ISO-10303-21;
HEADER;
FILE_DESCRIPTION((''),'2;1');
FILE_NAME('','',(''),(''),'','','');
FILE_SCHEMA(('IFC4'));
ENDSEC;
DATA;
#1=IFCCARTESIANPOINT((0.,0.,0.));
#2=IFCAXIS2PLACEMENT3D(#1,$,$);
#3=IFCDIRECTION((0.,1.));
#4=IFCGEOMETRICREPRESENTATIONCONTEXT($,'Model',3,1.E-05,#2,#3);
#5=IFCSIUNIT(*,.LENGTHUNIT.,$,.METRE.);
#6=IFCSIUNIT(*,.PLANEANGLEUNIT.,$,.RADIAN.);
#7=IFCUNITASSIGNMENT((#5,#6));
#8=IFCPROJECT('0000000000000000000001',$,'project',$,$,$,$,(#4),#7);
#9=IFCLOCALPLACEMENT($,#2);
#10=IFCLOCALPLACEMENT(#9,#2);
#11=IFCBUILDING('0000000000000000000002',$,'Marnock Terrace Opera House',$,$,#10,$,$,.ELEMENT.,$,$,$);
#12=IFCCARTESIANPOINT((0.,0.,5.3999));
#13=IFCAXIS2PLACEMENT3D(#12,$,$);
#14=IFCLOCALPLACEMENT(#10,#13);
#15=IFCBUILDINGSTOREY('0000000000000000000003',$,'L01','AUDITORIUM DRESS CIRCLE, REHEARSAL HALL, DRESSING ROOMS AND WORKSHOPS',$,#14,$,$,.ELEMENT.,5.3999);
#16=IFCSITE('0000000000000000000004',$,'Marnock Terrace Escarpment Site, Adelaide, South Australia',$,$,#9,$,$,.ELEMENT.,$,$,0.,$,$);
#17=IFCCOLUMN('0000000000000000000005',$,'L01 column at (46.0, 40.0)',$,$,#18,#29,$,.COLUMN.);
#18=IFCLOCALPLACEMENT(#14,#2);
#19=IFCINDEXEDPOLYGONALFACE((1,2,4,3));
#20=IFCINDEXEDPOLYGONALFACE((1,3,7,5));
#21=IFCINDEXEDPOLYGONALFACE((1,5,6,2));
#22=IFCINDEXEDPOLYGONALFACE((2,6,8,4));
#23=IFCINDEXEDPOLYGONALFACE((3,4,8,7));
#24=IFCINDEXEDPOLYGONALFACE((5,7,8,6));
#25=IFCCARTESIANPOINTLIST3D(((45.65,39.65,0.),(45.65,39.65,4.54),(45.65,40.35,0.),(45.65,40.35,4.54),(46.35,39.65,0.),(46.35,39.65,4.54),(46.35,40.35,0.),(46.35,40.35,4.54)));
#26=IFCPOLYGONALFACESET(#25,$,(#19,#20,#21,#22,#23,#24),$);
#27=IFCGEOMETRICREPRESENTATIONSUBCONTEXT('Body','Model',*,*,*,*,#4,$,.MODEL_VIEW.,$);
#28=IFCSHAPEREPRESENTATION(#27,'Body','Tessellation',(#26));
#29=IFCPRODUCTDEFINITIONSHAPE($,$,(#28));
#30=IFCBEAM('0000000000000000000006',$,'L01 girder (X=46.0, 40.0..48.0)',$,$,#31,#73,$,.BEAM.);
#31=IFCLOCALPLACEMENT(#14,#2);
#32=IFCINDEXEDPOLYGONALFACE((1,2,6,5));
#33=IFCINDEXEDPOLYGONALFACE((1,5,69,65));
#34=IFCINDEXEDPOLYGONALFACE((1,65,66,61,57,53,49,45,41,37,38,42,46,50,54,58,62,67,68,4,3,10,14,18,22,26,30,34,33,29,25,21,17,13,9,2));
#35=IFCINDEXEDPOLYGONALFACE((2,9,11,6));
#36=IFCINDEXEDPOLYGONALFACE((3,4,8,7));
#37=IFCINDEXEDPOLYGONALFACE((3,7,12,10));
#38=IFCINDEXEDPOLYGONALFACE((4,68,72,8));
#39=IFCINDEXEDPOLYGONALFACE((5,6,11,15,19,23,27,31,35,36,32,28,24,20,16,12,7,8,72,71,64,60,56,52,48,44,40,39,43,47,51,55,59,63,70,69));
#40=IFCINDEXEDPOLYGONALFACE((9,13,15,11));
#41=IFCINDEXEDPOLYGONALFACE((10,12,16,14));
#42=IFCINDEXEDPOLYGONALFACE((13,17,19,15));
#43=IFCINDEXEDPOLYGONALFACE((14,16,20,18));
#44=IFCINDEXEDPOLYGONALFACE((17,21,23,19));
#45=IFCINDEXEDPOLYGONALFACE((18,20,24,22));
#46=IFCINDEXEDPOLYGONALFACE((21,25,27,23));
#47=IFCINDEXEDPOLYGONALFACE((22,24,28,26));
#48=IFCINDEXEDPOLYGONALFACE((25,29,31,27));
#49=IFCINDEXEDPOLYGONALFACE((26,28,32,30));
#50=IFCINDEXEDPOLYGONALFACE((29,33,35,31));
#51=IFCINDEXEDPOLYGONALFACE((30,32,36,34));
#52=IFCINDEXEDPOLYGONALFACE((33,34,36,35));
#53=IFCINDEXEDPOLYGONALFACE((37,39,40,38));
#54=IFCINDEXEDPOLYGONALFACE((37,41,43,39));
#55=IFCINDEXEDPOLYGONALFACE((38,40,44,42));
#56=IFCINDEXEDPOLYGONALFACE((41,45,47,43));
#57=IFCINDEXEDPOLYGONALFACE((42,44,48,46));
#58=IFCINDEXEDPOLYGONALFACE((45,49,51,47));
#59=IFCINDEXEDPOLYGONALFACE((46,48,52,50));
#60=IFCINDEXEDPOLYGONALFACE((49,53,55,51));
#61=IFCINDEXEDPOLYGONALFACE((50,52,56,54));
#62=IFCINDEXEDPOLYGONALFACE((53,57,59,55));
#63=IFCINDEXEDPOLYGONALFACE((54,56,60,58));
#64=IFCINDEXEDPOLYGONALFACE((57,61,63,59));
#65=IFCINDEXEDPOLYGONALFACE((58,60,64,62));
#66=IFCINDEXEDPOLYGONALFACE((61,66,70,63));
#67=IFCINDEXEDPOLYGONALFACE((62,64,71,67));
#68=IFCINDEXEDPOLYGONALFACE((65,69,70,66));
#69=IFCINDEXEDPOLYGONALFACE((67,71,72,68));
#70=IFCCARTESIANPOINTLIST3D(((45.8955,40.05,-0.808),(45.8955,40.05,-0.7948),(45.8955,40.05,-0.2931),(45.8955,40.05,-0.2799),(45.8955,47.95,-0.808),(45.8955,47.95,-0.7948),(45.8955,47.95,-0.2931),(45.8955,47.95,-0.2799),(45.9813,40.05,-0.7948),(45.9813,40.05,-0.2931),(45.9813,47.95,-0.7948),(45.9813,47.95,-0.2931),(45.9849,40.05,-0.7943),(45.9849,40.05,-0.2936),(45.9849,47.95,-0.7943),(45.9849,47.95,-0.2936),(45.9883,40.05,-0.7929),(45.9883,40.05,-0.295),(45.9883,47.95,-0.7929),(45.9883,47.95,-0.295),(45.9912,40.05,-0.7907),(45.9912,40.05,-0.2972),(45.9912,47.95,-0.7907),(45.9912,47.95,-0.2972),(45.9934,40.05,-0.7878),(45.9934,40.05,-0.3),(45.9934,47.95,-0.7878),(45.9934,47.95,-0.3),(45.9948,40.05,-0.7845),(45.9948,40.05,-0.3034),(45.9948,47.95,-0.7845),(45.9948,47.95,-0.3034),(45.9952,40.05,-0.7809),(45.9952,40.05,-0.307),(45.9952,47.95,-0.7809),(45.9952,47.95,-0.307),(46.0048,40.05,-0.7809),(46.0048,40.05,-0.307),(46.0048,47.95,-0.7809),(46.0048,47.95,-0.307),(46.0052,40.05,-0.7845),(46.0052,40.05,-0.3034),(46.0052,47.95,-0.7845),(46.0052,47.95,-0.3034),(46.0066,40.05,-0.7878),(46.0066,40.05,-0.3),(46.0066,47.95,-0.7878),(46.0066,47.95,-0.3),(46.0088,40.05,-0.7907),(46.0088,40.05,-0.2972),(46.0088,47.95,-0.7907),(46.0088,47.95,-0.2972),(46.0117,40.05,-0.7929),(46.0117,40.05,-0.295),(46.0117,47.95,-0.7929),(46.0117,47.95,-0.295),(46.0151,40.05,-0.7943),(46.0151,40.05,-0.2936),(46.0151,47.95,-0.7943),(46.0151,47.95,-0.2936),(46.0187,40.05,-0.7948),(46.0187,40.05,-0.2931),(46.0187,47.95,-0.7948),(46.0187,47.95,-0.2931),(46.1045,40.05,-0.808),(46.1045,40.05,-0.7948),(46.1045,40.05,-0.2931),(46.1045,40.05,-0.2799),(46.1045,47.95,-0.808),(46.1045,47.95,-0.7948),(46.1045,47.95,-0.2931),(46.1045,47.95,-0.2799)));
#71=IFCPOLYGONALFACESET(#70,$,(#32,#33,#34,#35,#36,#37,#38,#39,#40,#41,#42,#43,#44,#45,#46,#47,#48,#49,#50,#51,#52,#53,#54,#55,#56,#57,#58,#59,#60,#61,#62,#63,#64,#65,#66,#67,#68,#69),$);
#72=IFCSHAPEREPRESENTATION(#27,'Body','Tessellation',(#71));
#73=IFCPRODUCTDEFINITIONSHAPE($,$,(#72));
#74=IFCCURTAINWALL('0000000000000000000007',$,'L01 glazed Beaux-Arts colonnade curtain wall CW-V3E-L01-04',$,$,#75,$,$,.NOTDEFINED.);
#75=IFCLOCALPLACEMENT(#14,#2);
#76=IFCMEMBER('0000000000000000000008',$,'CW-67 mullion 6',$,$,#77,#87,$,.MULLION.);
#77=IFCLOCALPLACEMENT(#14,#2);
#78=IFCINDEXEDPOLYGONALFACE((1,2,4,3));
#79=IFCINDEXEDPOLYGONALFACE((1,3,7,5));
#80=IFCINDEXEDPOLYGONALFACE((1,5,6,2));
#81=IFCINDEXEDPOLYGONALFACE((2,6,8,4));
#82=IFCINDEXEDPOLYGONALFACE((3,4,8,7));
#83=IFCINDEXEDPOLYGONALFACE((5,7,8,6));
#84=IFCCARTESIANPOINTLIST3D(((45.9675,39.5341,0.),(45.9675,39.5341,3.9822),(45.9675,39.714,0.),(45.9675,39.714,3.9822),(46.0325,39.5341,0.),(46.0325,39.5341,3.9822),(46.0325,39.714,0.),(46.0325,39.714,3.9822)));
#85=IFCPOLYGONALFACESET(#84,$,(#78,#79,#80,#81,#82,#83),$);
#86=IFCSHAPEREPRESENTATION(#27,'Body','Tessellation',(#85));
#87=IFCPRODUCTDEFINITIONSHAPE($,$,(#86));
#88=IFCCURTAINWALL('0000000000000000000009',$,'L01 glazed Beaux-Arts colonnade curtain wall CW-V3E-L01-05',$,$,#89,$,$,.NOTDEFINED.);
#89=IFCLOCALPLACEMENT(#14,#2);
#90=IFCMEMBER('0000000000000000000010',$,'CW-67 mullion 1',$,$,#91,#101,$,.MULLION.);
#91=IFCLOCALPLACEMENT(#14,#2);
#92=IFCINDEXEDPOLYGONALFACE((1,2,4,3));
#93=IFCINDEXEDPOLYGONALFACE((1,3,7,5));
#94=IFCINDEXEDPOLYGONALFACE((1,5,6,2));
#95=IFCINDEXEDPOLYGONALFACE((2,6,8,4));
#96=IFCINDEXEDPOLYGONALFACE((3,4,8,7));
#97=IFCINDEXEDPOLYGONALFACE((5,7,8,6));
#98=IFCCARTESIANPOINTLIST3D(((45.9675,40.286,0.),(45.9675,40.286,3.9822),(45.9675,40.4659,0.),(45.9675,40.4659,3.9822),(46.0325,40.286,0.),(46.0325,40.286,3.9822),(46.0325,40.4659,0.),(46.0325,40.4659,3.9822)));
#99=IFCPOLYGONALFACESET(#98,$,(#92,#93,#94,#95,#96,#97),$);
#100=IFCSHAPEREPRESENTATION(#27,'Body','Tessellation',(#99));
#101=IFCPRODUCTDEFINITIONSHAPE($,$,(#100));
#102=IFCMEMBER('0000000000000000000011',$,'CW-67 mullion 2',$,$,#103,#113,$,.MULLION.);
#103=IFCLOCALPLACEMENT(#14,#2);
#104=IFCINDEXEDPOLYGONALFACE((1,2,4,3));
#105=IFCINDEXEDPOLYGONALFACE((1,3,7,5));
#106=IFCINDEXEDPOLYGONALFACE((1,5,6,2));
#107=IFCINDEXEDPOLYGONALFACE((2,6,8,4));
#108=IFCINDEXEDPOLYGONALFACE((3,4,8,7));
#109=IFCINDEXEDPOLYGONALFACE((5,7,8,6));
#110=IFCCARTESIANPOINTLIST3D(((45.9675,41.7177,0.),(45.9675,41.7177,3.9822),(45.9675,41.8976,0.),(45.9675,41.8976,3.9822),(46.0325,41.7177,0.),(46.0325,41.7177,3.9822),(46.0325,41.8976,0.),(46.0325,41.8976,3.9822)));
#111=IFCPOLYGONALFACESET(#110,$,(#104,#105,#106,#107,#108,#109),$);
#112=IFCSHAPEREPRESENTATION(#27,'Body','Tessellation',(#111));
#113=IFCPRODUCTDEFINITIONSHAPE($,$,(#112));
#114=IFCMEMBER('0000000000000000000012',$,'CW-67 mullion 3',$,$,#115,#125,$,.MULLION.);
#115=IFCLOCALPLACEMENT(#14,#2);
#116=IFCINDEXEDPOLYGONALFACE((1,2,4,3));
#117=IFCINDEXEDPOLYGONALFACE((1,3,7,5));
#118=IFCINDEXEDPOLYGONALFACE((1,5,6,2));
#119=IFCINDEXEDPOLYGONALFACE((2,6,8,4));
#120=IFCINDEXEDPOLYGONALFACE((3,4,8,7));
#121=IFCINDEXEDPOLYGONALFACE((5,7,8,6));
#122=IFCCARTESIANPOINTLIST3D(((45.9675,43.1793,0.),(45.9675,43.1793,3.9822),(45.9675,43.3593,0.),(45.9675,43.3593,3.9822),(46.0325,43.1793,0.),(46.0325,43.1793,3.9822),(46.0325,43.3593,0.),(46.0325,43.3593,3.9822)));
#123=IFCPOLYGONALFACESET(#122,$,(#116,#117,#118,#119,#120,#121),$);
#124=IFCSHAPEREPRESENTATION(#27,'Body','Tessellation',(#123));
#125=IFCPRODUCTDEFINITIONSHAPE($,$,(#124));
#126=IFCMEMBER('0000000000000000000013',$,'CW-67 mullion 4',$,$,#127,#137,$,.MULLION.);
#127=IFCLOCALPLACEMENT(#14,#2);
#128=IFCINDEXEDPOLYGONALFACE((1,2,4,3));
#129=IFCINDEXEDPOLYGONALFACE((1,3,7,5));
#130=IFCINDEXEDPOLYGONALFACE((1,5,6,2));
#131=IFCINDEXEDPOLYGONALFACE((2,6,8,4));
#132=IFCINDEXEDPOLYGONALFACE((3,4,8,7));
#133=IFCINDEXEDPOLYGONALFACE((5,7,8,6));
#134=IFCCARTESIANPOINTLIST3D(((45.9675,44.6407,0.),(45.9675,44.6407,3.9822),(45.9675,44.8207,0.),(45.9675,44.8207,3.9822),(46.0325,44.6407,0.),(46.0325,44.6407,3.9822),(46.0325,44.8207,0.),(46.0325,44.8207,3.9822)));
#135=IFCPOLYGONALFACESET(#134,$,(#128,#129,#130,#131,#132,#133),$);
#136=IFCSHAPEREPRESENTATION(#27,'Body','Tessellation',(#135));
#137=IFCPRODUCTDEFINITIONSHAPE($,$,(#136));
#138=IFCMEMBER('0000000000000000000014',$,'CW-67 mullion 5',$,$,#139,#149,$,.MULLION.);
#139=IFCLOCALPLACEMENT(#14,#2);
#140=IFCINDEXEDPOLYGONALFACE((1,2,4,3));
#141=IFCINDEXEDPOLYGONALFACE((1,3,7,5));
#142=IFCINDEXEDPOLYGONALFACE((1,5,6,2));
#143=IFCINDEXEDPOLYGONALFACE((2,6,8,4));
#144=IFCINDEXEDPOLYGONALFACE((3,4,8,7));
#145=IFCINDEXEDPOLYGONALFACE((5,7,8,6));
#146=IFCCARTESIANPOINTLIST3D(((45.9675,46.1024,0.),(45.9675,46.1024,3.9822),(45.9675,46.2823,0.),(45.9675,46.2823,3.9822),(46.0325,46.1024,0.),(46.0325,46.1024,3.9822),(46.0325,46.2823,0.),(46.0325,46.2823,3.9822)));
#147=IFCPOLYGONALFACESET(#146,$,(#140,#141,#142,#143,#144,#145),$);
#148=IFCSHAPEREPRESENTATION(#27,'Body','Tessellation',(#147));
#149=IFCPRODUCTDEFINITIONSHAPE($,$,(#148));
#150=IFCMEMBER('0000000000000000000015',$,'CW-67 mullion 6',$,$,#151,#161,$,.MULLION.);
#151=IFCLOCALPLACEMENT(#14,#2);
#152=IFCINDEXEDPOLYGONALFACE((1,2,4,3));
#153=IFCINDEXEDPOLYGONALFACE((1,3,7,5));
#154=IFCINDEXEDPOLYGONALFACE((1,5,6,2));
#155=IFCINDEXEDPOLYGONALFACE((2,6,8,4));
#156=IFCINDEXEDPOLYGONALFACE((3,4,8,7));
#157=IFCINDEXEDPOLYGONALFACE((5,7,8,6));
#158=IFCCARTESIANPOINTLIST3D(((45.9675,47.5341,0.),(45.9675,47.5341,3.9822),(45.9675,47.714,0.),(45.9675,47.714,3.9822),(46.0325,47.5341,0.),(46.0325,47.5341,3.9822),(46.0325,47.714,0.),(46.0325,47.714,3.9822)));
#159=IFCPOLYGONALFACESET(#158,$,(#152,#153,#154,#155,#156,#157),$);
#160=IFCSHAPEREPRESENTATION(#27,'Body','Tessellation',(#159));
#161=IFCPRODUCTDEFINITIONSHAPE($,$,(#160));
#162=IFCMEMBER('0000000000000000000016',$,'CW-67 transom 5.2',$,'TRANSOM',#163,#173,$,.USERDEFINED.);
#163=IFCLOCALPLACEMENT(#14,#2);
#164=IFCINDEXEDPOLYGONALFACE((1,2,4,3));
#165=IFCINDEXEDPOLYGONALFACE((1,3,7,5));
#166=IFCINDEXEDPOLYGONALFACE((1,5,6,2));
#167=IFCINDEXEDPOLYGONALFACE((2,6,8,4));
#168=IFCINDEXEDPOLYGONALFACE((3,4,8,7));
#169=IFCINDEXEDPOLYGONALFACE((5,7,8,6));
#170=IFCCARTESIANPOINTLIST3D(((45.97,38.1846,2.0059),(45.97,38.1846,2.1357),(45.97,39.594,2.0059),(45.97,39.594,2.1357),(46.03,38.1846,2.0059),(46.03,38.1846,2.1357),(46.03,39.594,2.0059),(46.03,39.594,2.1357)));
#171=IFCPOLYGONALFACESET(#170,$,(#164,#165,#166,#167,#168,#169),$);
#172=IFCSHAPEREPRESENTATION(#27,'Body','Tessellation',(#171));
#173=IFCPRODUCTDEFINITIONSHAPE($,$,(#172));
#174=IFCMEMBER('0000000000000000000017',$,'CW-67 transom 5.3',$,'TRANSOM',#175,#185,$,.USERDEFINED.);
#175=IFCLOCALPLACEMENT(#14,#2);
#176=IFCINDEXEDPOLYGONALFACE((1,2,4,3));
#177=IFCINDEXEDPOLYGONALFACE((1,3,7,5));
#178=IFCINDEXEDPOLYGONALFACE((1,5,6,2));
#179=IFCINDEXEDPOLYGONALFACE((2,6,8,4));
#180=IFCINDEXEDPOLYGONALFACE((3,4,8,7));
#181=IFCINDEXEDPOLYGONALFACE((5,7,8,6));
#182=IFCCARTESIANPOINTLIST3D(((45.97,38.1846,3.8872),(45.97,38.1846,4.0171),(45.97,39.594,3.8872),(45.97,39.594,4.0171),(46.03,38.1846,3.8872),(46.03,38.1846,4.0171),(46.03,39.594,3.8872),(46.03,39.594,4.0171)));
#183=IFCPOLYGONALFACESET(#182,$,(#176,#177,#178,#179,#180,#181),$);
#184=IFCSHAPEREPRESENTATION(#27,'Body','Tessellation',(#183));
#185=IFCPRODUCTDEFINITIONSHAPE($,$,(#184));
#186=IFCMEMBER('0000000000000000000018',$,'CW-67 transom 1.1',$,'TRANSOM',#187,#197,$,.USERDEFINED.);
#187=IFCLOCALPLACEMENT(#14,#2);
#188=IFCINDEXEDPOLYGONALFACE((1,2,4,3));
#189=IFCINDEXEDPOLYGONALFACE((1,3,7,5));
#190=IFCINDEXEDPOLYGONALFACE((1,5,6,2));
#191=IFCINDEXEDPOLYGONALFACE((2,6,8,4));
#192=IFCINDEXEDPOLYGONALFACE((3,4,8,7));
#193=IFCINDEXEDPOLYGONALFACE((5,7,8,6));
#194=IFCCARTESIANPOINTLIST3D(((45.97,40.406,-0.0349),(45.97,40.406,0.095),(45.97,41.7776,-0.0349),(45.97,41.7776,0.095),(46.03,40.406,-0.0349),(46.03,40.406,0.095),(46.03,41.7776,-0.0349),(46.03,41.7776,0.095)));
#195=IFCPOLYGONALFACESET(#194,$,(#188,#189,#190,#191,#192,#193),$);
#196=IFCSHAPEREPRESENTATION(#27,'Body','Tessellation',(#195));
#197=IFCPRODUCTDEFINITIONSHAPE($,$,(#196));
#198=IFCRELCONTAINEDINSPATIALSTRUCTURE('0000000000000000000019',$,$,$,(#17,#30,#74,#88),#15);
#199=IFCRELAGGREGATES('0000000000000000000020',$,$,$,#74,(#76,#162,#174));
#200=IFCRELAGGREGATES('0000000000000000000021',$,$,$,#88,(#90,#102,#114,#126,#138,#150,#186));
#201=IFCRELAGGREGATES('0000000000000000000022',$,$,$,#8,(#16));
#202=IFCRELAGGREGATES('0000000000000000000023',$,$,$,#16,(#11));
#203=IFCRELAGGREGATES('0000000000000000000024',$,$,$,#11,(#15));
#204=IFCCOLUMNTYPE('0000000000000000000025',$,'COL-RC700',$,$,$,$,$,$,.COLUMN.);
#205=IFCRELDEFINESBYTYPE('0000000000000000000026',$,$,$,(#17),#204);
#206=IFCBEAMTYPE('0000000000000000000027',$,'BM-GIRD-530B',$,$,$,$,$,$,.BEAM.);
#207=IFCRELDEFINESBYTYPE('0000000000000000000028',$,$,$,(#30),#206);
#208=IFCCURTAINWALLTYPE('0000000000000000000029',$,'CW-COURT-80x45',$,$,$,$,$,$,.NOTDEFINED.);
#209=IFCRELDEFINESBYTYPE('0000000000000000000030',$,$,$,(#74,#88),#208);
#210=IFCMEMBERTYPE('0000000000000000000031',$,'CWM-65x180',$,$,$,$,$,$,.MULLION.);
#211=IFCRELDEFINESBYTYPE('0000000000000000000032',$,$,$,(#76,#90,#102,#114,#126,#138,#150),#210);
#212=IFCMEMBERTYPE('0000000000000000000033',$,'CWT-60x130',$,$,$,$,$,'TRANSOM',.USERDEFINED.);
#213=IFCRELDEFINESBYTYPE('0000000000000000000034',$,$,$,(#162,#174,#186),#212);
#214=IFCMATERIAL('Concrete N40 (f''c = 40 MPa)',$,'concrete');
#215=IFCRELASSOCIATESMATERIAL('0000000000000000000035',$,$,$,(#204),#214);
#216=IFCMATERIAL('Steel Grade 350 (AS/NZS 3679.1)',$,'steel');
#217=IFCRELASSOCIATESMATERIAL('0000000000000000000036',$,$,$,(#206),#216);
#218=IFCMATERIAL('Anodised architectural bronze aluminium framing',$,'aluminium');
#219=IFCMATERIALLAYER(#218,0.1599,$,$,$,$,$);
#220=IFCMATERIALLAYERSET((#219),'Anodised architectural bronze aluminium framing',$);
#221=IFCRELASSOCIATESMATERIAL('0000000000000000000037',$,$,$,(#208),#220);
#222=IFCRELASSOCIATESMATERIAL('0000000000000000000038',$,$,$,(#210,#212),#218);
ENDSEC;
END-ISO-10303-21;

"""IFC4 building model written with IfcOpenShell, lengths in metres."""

from ifc_helpers import new_model, si_unit, direction, frame, origin, origin_2d, place, context, subcontext, project, spatial, rectangle, i_section, extrude, material, layer, layer_set, material_profile, profile_set, type_object, element, aggregate, save


model = new_model("IFC4")

# Units and contexts
model_context = context("Model", 3, precision=1e-05, world=origin(), true_north=direction((0.0, 1.0)))
body_context = subcontext(model_context, "Body", "Model", "MODEL_VIEW")
ifc_project = project(units=[si_unit("LENGTHUNIT", "METRE"), si_unit("PLANEANGLEUNIT", "RADIAN")], contexts=[model_context])

# Site, building, storey
site_placement = place(None, origin())
site = spatial("IfcSite", under=ifc_project, at=site_placement, Name="Marnock Terrace Escarpment Site, Adelaide, South Australia", CompositionType="ELEMENT", RefElevation=0.0)
building_placement = place(site_placement, origin())
building = spatial("IfcBuilding", under=site, at=building_placement, Name="Marnock Terrace Opera House", CompositionType="ELEMENT")
storey_placement = place(building_placement, frame((0.0, 0.0, 5.3999)))
storey = spatial("IfcBuildingStorey", under=building, at=storey_placement, Name="L01", Description="AUDITORIUM DRESS CIRCLE, REHEARSAL HALL, DRESSING ROOMS AND WORKSHOPS", CompositionType="ELEMENT", Elevation=5.3999)

# Column
ifc_material_1 = material(Name="Concrete N40 (f'c = 40 MPa)", Category="concrete")
ifc_material_profile_1 = material_profile(ifc_material_1, rectangle(XDim=0.7, YDim=0.7, at=origin_2d()))
ifc_profile_set_1 = profile_set([ifc_material_profile_1], Name="Concrete N40 (f'c = 40 MPa)")
column_type = type_object("IfcColumnType", Name="COL-RC700", PredefinedType="COLUMN", material=ifc_profile_set_1)
column_placement = place(storey_placement, frame((46.0, 40.0, 0.0), z_axis=(0.0, 0.0, 1.0), x_axis=(1.0, 0.0, 0.0)))
element("IfcColumn", 1, at=column_placement, inside=storey, type_object=column_type, Name="L01 column at (46.0, 40.0)", PredefinedType="COLUMN", context=body_context, shape_type="SweptSolid", body=[
    extrude(rectangle(XDim=0.7, YDim=0.7, at=origin_2d()), origin(), (0.0, 0.0, 1.0), 4.54),
])

# Beam
ifc_material_2 = material(Name="Steel Grade 350 (AS/NZS 3679.1)", Category="steel")
ifc_material_profile_2 = material_profile(ifc_material_2, i_section(OverallWidth=0.209, OverallDepth=0.5281, WebThickness=0.0095, FlangeThickness=0.0132, FilletRadius=0.0139, at=origin_2d()))
ifc_profile_set_2 = profile_set([ifc_material_profile_2], Name="Steel Grade 350 (AS/NZS 3679.1)")
beam_type = type_object("IfcBeamType", Name="BM-GIRD-530B", PredefinedType="BEAM", material=ifc_profile_set_2)
beam_placement = place(storey_placement, frame((46.0, 40.05, -0.5439), z_axis=(0.0, 1.0, 0.0), x_axis=(-1.0, 0.0, 0.0)))
element("IfcBeam", 2, at=beam_placement, inside=storey, type_object=beam_type, Name="L01 girder (X=46.0, 40.0..48.0)", PredefinedType="BEAM", context=body_context, shape_type="SweptSolid", body=[
    extrude(i_section(OverallWidth=0.209, OverallDepth=0.5281, WebThickness=0.0095, FlangeThickness=0.0132, FilletRadius=0.0139, at=origin_2d()), origin(), (0.0, 0.0, 1.0), 7.8999),
])

# Curtain wall, member
ifc_material_3 = material(Name="Anodised architectural bronze aluminium framing", Category="aluminium")
ifc_layer_1 = layer(ifc_material_3, 0.1599)
ifc_layer_set_1 = layer_set([ifc_layer_1], Name="Anodised architectural bronze aluminium framing")
curtain_wall_type = type_object("IfcCurtainWallType", Name="CW-COURT-80x45", PredefinedType="NOTDEFINED", material=ifc_layer_set_1)
curtain_wall_1_placement = place(storey_placement, origin())
curtain_wall_1 = element("IfcCurtainWall", 3, at=curtain_wall_1_placement, inside=storey, type_object=curtain_wall_type, Name="L01 glazed Beaux-Arts colonnade curtain wall CW-V3E-L01-04", PredefinedType="NOTDEFINED")
ifc_material_profile_3 = material_profile(ifc_material_3, rectangle(XDim=0.0649, YDim=0.1799, at=origin_2d()))
ifc_profile_set_3 = profile_set([ifc_material_profile_3], Name="Anodised architectural bronze aluminium framing")
member_type_1 = type_object("IfcMemberType", Name="CWM-65x180", PredefinedType="MULLION", material=ifc_profile_set_3)
member_1_placement = place(storey_placement, frame((46.0, 39.624, 0.0), z_axis=(0.0, 0.0, 1.0), x_axis=(-1.0, 0.0, 0.0)))
member_1 = element("IfcMember", 4, at=member_1_placement, type_object=member_type_1, Name="CW-67 mullion 6", PredefinedType="MULLION", context=body_context, shape_type="SweptSolid", body=[
    extrude(rectangle(XDim=0.0649, YDim=0.1799, at=origin_2d()), origin(), (0.0, 0.0, 1.0), 3.9822),
])

# Curtain wall, members
curtain_wall_2_placement = place(storey_placement, origin())
curtain_wall_2 = element("IfcCurtainWall", 5, at=curtain_wall_2_placement, inside=storey, type_object=curtain_wall_type, Name="L01 glazed Beaux-Arts colonnade curtain wall CW-V3E-L01-05", PredefinedType="NOTDEFINED")
member_2_placement = place(storey_placement, frame((46.0, 40.376, 0.0), z_axis=(0.0, 0.0, 1.0), x_axis=(-1.0, 0.0, 0.0)))
member_2 = element("IfcMember", 6, at=member_2_placement, type_object=member_type_1, Name="CW-67 mullion 1", PredefinedType="MULLION", context=body_context, shape_type="SweptSolid", body=[
    extrude(rectangle(XDim=0.0649, YDim=0.1799, at=origin_2d()), origin(), (0.0, 0.0, 1.0), 3.9822),
])
member_3_placement = place(storey_placement, frame((46.0, 41.8076, 0.0), z_axis=(0.0, 0.0, 1.0), x_axis=(-1.0, 0.0, 0.0)))
member_3 = element("IfcMember", 7, at=member_3_placement, type_object=member_type_1, Name="CW-67 mullion 2", PredefinedType="MULLION", context=body_context, shape_type="SweptSolid", body=[
    extrude(rectangle(XDim=0.0649, YDim=0.1799, at=origin_2d()), origin(), (0.0, 0.0, 1.0), 3.9822),
])
member_4_placement = place(storey_placement, frame((46.0, 43.2693, 0.0), z_axis=(0.0, 0.0, 1.0), x_axis=(-1.0, 0.0, 0.0)))
member_4 = element("IfcMember", 8, at=member_4_placement, type_object=member_type_1, Name="CW-67 mullion 3", PredefinedType="MULLION", context=body_context, shape_type="SweptSolid", body=[
    extrude(rectangle(XDim=0.0649, YDim=0.1799, at=origin_2d()), origin(), (0.0, 0.0, 1.0), 3.9822),
])
member_5_placement = place(storey_placement, frame((46.0, 44.7307, 0.0), z_axis=(0.0, 0.0, 1.0), x_axis=(-1.0, 0.0, 0.0)))
member_5 = element("IfcMember", 9, at=member_5_placement, type_object=member_type_1, Name="CW-67 mullion 4", PredefinedType="MULLION", context=body_context, shape_type="SweptSolid", body=[
    extrude(rectangle(XDim=0.0649, YDim=0.1799, at=origin_2d()), origin(), (0.0, 0.0, 1.0), 3.9822),
])
member_6_placement = place(storey_placement, frame((46.0, 46.1924, 0.0), z_axis=(0.0, 0.0, 1.0), x_axis=(-1.0, 0.0, 0.0)))
member_6 = element("IfcMember", 10, at=member_6_placement, type_object=member_type_1, Name="CW-67 mullion 5", PredefinedType="MULLION", context=body_context, shape_type="SweptSolid", body=[
    extrude(rectangle(XDim=0.0649, YDim=0.1799, at=origin_2d()), origin(), (0.0, 0.0, 1.0), 3.9822),
])
member_7_placement = place(storey_placement, frame((46.0, 47.624, 0.0), z_axis=(0.0, 0.0, 1.0), x_axis=(-1.0, 0.0, 0.0)))
member_7 = element("IfcMember", 11, at=member_7_placement, type_object=member_type_1, Name="CW-67 mullion 6", PredefinedType="MULLION", context=body_context, shape_type="SweptSolid", body=[
    extrude(rectangle(XDim=0.0649, YDim=0.1799, at=origin_2d()), origin(), (0.0, 0.0, 1.0), 3.9822),
])

# Members
ifc_material_profile_4 = material_profile(ifc_material_3, rectangle(XDim=0.0601, YDim=0.1299, at=origin_2d()))
ifc_profile_set_4 = profile_set([ifc_material_profile_4], Name="Anodised architectural bronze aluminium framing")
member_type_2 = type_object("IfcMemberType", Name="CWT-60x130", ElementType="TRANSOM", PredefinedType="USERDEFINED", material=ifc_profile_set_4)
member_8_placement = place(storey_placement, frame((46.0, 38.1846, 2.0708), z_axis=(0.0, 1.0, 0.0), x_axis=(-1.0, 0.0, 0.0)))
member_8 = element("IfcMember", 12, at=member_8_placement, type_object=member_type_2, Name="CW-67 transom 5.2", ObjectType="TRANSOM", PredefinedType="USERDEFINED", context=body_context, shape_type="SweptSolid", body=[
    extrude(rectangle(XDim=0.0601, YDim=0.1299, at=origin_2d()), origin(), (0.0, 0.0, 1.0), 1.4094),
])
member_9_placement = place(storey_placement, frame((46.0, 38.1846, 3.9521), z_axis=(0.0, 1.0, 0.0), x_axis=(-1.0, 0.0, 0.0)))
member_9 = element("IfcMember", 13, at=member_9_placement, type_object=member_type_2, Name="CW-67 transom 5.3", ObjectType="TRANSOM", PredefinedType="USERDEFINED", context=body_context, shape_type="SweptSolid", body=[
    extrude(rectangle(XDim=0.0601, YDim=0.1299, at=origin_2d()), origin(), (0.0, 0.0, 1.0), 1.4094),
])
member_10_placement = place(storey_placement, frame((46.0, 40.406, 0.03), z_axis=(0.0, 1.0, 0.0), x_axis=(-1.0, 0.0, 0.0)))
member_10 = element("IfcMember", 14, at=member_10_placement, type_object=member_type_2, Name="CW-67 transom 1.1", ObjectType="TRANSOM", PredefinedType="USERDEFINED", context=body_context, shape_type="SweptSolid", body=[
    extrude(rectangle(XDim=0.0601, YDim=0.1299, at=origin_2d()), origin(), (0.0, 0.0, 1.0), 1.3716),
])

aggregate(curtain_wall_1, [member_1, member_8, member_9])
aggregate(curtain_wall_2, [member_2, member_3, member_4, member_5, member_6, member_7, member_10])

save(model, "model.ifc")
